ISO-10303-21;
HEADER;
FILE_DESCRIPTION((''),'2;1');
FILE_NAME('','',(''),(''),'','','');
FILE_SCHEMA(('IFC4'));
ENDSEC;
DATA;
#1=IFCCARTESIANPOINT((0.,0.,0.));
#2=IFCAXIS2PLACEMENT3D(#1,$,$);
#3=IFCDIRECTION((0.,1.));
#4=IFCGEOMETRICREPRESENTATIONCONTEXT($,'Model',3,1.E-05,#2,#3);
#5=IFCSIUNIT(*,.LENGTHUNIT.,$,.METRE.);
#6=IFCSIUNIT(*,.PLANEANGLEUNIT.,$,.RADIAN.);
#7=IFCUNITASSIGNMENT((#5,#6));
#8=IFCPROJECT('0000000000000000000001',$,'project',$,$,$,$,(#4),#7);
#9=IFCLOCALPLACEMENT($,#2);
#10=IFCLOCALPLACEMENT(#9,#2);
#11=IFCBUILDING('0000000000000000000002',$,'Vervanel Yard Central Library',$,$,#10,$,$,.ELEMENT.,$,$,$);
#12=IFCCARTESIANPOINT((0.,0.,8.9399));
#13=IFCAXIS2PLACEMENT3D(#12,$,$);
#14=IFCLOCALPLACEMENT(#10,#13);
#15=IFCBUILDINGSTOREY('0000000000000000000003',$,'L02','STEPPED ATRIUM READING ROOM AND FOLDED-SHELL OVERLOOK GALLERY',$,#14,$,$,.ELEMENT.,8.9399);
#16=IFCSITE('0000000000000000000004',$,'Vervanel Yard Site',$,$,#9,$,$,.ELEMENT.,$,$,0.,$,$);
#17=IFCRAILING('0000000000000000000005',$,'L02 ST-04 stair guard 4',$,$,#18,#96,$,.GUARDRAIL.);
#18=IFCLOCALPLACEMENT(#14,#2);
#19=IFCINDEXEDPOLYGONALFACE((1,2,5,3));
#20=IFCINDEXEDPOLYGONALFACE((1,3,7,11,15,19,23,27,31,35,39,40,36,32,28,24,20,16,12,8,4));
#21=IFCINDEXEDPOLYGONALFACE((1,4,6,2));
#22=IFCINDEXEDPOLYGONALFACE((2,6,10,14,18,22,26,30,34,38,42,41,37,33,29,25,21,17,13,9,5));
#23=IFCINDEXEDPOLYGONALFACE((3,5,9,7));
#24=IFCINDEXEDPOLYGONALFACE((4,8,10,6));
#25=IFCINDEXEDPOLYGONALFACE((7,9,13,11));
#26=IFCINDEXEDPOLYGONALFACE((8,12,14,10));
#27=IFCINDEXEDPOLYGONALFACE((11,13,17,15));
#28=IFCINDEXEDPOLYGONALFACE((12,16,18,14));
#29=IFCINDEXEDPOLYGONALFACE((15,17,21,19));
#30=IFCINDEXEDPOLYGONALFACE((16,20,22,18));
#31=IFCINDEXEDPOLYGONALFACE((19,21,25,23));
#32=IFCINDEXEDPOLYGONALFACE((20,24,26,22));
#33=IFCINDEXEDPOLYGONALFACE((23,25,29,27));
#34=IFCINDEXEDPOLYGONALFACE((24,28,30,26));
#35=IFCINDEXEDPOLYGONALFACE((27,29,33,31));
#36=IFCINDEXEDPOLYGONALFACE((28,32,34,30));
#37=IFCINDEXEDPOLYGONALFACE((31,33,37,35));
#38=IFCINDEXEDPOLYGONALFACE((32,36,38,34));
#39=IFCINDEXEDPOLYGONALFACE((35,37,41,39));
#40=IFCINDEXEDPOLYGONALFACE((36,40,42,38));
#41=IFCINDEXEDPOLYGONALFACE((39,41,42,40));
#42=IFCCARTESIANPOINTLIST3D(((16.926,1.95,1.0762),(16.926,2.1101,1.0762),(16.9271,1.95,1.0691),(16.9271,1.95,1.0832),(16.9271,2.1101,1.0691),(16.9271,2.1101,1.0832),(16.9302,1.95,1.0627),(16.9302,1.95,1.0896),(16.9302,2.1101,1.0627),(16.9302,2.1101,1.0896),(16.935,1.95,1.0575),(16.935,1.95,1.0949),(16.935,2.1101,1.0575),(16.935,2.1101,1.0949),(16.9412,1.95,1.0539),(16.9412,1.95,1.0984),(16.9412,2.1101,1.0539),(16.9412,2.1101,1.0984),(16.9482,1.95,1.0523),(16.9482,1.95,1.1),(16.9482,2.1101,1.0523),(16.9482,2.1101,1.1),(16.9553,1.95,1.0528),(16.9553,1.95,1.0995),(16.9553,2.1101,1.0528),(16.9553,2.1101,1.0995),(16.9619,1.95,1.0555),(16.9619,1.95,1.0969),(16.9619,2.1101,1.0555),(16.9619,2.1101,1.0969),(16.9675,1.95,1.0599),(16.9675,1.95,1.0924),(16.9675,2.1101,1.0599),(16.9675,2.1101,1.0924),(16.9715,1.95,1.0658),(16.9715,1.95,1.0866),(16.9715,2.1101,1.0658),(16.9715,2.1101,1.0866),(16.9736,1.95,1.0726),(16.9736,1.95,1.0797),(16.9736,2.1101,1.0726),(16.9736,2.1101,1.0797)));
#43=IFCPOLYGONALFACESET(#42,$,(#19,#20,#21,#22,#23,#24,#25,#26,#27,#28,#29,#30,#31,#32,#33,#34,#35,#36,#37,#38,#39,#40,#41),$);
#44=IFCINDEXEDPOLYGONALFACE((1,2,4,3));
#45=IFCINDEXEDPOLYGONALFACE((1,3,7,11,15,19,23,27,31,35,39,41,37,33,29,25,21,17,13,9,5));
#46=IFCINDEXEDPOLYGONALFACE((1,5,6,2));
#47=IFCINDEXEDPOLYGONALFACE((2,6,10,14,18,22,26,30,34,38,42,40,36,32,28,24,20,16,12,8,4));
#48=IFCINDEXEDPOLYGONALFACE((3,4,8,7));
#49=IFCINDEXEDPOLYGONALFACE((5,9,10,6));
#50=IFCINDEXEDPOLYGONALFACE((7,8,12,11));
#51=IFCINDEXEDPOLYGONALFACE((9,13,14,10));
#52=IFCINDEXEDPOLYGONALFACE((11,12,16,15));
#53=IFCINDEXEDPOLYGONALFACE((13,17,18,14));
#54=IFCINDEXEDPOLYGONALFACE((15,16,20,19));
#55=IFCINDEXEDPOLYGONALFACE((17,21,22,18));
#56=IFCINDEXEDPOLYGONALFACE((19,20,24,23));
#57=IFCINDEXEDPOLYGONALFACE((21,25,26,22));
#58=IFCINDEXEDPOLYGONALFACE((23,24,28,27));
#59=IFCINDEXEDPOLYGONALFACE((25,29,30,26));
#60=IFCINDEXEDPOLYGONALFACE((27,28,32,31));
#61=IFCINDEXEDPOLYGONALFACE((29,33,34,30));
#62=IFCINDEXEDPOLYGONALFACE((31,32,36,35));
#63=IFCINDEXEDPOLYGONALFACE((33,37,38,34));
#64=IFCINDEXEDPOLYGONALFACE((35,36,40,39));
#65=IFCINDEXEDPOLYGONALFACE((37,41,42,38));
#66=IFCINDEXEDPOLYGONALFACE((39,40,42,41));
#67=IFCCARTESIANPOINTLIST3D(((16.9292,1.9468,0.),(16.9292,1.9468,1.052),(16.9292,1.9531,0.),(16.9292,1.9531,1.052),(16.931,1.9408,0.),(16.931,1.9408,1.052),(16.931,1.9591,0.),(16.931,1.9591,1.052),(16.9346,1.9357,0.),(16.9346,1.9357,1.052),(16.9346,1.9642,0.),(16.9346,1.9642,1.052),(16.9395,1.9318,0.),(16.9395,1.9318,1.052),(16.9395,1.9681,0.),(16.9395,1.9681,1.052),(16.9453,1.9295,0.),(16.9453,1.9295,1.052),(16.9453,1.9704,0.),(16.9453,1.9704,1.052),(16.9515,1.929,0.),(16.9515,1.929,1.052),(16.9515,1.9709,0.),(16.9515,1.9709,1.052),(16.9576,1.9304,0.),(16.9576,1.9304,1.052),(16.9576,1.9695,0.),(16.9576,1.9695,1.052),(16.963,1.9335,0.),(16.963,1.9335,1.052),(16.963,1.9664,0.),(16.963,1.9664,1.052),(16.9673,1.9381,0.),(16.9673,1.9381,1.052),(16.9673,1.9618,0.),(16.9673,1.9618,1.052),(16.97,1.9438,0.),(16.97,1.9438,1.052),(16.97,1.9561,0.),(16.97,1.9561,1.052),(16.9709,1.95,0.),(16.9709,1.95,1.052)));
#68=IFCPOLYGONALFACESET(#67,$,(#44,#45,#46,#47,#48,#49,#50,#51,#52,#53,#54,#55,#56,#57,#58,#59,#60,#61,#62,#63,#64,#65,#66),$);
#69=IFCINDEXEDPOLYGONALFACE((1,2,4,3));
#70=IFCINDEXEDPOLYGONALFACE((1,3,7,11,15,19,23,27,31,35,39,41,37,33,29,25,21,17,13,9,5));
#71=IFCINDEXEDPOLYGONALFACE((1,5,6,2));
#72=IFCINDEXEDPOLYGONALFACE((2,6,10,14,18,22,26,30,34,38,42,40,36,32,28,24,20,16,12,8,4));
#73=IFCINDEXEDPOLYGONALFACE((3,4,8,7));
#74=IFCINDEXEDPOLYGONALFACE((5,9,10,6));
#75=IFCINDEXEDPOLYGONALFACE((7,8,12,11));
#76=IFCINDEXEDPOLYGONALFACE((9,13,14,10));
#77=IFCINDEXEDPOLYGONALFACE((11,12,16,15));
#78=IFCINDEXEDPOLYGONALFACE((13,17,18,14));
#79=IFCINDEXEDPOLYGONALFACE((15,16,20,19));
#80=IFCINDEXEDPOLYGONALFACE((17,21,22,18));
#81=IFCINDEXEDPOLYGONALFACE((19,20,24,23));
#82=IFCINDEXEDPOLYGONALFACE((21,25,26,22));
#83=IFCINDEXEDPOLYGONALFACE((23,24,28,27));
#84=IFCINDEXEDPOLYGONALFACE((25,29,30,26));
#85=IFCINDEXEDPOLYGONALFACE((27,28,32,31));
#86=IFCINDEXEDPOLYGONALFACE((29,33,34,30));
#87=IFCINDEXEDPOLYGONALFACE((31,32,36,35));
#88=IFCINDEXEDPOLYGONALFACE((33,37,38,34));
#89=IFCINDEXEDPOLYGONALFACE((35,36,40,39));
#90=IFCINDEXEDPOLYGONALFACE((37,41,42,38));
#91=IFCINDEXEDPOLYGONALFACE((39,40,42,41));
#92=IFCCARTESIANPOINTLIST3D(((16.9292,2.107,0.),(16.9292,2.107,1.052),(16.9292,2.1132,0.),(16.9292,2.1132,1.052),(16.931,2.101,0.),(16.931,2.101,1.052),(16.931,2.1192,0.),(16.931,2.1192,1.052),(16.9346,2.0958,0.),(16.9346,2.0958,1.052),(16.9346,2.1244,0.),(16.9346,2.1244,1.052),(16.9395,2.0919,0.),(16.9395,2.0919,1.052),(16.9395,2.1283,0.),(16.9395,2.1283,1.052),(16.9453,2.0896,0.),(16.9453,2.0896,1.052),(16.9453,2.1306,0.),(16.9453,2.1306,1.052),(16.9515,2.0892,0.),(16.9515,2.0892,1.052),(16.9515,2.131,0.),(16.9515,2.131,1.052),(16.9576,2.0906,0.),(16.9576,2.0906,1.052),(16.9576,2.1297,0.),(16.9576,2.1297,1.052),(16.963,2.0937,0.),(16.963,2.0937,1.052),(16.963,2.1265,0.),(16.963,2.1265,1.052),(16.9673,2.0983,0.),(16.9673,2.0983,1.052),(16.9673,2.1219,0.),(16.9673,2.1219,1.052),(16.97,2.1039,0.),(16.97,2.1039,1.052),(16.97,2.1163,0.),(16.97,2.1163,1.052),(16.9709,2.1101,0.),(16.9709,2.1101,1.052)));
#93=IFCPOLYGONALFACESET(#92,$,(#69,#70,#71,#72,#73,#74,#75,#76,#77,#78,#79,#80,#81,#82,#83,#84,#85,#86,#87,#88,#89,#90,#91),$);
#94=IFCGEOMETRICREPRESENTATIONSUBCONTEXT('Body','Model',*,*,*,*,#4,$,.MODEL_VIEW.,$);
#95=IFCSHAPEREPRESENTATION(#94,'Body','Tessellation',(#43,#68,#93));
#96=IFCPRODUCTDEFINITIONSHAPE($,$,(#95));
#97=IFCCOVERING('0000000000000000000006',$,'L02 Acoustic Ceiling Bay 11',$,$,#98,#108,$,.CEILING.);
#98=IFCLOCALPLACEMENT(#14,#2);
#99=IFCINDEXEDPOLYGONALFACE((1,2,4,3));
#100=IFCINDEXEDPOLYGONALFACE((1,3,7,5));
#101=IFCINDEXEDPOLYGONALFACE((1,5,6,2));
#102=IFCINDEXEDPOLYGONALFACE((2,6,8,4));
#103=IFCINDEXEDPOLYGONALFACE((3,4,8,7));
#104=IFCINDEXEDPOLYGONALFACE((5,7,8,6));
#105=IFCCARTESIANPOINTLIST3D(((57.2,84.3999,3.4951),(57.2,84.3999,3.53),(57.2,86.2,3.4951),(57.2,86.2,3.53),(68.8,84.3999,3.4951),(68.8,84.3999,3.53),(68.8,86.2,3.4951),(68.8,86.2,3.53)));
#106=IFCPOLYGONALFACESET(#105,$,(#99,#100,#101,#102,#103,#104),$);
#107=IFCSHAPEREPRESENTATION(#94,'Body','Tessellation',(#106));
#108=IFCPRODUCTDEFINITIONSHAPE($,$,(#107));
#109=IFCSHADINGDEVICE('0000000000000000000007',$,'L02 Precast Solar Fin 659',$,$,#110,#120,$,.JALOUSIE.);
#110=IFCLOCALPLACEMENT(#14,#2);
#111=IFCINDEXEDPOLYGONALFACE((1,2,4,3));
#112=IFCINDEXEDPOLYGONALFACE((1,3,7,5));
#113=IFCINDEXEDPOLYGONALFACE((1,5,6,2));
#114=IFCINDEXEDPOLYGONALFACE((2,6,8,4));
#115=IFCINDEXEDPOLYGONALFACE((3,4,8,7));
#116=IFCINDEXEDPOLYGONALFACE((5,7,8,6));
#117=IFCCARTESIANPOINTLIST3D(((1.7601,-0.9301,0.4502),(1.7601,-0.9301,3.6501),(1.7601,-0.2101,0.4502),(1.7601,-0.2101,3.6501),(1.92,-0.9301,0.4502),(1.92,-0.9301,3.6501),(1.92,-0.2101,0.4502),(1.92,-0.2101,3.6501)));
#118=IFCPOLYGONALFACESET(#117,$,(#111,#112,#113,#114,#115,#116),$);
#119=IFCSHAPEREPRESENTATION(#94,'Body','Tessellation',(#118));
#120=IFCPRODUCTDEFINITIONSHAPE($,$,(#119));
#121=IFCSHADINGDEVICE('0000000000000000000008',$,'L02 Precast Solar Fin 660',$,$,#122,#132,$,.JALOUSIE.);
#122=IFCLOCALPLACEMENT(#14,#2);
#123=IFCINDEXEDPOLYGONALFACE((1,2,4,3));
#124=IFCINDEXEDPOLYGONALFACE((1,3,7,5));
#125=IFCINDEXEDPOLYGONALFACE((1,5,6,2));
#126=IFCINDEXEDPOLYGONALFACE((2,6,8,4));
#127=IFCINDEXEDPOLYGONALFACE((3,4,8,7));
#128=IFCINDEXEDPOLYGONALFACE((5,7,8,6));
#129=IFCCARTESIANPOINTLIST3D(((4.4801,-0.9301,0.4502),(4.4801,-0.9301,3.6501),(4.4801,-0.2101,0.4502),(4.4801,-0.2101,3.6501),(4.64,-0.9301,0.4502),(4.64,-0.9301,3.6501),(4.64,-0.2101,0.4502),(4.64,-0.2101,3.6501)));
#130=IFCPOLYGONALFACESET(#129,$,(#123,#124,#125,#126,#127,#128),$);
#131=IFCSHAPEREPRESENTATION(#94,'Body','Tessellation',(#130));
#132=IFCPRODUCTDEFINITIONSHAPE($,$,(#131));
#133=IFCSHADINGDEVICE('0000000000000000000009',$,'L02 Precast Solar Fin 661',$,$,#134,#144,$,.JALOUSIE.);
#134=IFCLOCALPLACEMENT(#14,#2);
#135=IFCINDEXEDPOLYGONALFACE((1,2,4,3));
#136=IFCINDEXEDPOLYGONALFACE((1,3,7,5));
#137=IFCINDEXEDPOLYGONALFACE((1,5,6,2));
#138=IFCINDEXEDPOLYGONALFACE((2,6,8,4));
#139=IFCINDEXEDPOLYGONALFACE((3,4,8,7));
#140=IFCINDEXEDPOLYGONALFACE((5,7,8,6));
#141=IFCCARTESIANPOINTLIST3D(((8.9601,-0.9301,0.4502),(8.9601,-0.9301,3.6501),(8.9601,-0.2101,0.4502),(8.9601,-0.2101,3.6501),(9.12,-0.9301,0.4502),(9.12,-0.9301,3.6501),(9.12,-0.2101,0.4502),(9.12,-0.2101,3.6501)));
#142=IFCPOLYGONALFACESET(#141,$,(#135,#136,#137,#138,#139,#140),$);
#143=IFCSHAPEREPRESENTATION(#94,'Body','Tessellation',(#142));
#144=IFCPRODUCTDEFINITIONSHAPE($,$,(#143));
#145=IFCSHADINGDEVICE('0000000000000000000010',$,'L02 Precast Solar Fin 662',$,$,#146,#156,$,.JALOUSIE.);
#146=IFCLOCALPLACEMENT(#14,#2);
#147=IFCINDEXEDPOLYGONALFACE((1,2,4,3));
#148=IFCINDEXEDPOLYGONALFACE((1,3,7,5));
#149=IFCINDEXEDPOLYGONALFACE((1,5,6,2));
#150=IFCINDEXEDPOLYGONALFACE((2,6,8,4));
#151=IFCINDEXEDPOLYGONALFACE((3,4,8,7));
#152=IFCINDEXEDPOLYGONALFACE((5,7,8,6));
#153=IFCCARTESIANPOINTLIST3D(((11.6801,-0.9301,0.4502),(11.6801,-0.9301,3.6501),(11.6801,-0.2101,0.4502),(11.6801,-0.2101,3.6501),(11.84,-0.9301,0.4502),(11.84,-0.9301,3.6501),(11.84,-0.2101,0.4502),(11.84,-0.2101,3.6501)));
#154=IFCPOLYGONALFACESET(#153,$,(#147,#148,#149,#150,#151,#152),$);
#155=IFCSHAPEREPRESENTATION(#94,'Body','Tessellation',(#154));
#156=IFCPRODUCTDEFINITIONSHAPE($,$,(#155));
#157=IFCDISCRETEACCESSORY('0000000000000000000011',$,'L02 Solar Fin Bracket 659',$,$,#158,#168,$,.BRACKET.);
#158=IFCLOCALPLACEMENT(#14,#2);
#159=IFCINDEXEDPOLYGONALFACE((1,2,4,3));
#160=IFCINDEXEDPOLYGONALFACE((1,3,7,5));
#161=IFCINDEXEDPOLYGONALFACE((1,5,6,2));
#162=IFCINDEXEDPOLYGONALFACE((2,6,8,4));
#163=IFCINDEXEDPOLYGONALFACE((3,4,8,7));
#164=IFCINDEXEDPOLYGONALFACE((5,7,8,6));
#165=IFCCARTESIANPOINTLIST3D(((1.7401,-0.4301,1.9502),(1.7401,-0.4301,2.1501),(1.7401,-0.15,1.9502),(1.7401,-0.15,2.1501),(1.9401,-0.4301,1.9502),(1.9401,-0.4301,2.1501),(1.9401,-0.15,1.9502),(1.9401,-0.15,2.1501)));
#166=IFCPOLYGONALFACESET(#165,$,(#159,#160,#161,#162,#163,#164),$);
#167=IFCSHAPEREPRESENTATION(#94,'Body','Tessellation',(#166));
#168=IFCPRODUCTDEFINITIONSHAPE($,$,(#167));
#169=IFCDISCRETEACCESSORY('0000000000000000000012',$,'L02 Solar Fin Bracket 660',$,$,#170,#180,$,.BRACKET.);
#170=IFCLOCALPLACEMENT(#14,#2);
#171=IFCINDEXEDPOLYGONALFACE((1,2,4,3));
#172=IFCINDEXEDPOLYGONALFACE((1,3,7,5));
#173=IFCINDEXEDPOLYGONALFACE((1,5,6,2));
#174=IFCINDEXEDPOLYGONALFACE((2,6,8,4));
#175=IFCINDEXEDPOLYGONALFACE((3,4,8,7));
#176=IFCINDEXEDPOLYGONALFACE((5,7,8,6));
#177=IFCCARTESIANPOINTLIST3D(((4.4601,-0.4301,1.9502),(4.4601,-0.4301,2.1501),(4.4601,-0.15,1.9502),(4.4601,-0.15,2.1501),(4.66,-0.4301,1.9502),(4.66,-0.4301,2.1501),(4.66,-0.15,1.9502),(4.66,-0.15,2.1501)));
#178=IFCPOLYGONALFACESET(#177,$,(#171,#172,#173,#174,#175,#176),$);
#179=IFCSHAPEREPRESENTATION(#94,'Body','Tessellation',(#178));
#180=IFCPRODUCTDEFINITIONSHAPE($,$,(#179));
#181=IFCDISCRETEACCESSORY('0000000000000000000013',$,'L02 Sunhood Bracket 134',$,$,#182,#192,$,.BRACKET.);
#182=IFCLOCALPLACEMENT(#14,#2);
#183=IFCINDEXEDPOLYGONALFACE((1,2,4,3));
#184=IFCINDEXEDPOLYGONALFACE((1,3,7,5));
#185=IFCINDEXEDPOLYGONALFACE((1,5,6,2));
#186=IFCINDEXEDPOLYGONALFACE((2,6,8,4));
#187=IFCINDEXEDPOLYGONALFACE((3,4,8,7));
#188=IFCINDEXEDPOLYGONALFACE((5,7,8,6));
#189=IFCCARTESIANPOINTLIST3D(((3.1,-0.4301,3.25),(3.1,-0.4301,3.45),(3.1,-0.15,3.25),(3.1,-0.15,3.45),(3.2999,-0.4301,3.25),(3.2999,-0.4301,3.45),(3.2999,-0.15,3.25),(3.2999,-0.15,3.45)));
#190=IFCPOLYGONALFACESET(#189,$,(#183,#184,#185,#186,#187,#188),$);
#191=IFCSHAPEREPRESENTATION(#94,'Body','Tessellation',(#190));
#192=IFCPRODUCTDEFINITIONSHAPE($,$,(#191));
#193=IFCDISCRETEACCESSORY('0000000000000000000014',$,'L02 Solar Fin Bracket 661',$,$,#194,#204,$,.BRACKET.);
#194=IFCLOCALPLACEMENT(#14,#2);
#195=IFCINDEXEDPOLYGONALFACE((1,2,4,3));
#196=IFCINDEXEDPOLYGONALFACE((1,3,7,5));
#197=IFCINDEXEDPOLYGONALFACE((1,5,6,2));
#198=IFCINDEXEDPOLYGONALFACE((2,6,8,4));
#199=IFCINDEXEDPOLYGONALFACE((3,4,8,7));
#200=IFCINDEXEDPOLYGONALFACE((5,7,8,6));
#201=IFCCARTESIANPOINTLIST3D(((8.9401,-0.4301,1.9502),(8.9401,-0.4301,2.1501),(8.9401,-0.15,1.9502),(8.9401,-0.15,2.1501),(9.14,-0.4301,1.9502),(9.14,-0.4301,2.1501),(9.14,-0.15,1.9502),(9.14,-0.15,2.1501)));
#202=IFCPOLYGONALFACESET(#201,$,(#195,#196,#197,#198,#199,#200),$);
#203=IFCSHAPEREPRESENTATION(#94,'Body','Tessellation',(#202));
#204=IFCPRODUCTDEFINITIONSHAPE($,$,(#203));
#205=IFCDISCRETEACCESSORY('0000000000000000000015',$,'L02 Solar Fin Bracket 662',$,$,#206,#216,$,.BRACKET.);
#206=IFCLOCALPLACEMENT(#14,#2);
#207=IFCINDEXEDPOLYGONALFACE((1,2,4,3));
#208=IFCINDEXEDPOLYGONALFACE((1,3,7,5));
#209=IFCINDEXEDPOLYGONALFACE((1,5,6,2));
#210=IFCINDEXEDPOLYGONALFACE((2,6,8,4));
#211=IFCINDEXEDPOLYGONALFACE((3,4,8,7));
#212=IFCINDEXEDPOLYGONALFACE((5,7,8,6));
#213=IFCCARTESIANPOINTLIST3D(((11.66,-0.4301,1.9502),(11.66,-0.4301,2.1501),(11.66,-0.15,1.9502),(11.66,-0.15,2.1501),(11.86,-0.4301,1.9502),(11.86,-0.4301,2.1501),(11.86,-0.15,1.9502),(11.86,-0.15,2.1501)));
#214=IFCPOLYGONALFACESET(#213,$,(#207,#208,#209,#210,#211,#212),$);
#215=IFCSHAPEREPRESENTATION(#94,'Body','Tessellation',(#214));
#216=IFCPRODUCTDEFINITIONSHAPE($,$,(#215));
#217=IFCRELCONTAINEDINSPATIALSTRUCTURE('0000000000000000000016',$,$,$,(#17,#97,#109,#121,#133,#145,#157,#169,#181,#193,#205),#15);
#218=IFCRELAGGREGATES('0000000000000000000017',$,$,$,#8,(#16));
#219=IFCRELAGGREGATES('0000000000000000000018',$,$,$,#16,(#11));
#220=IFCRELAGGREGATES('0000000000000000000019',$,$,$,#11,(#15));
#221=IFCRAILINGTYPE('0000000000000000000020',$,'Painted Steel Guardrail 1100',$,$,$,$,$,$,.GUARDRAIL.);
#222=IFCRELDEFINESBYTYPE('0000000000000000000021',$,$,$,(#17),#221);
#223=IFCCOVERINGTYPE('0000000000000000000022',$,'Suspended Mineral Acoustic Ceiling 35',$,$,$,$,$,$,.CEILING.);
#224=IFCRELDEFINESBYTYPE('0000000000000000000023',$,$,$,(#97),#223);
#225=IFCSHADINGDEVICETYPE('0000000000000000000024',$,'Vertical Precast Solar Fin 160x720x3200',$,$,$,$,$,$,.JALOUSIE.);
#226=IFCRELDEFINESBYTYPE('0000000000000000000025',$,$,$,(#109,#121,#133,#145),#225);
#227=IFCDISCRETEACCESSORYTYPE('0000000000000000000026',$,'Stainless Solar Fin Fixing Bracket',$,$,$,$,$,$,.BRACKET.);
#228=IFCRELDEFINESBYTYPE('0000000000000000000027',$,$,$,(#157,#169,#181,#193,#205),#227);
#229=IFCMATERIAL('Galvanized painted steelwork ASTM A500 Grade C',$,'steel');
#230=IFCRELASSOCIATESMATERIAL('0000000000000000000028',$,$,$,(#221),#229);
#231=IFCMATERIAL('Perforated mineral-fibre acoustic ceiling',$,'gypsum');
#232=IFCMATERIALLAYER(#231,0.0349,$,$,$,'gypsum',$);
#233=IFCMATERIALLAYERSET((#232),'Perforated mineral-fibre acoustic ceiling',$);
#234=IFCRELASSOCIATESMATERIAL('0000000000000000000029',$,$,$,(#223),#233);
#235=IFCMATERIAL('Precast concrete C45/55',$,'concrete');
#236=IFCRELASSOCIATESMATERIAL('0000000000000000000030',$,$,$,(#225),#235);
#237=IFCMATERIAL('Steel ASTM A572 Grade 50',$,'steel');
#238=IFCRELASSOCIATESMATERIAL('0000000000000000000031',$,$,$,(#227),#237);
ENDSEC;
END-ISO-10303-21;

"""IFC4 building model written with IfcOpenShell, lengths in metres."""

from ifc_helpers import new_model, si_unit, direction, frame, origin, origin_2d, place, context, subcontext, project, spatial, polyline, rectangle, circle, outline, extrude, material, layer, layer_set, type_object, element, save


model = new_model("IFC4")

# Units and contexts
model_context = context("Model", 3, precision=1e-05, world=origin(), true_north=direction((0.0, 1.0)))
body_context = subcontext(model_context, "Body", "Model", "MODEL_VIEW")
ifc_project = project(units=[si_unit("LENGTHUNIT", "METRE"), si_unit("PLANEANGLEUNIT", "RADIAN")], contexts=[model_context])

# Site, building, storey
site_placement = place(None, origin())
site = spatial("IfcSite", under=ifc_project, at=site_placement, Name="Vervanel Yard Site", CompositionType="ELEMENT", RefElevation=0.0)
building_placement = place(site_placement, origin())
building = spatial("IfcBuilding", under=site, at=building_placement, Name="Vervanel Yard Central Library", CompositionType="ELEMENT")
storey_placement = place(building_placement, frame((0.0, 0.0, 8.9399)))
storey = spatial("IfcBuildingStorey", under=building, at=storey_placement, Name="L02", Description="STEPPED ATRIUM READING ROOM AND FOLDED-SHELL OVERLOOK GALLERY", CompositionType="ELEMENT", Elevation=8.9399)

# Shared definitions
ifc_material_1 = material(Name="Precast concrete C45/55", Category="concrete")

# Railing
ifc_material_2 = material(Name="Galvanized painted steelwork ASTM A500 Grade C", Category="steel")
railing_type_1 = type_object("IfcRailingType", Name="Painted Steel Guardrail 1100", PredefinedType="GUARDRAIL", material=ifc_material_2)
railing_1_placement = place(storey_placement, frame((16.95, 1.95, 0.0)))
element("IfcRailing", 1, at=railing_1_placement, inside=storey, type_object=railing_type_1, Name="L02 ST-04 stair guard 4", PredefinedType="GUARDRAIL", context=body_context, shape_type="SweptSolid", body=[
    extrude(circle(Radius=0.0239, at=origin_2d()), frame((0.0, 0.0, 1.0762), z_axis=(0.0, 1.0, 0.0), x_axis=(-1.0, 0.0, 0.0)), (0.0, 0.0, 1.0), 0.1602),
    extrude(circle(Radius=0.021, at=origin_2d()), origin(), (0.0, 0.0, 1.0), 1.052),
    extrude(circle(Radius=0.021, at=origin_2d()), frame((0.0, 0.1602, 0.0)), (0.0, 0.0, 1.0), 1.052),
])

# Covering
ifc_material_3 = material(Name="Perforated mineral-fibre acoustic ceiling", Category="gypsum")
ifc_layer_1 = layer(ifc_material_3, 0.0349, Category="gypsum")
ifc_layer_set_1 = layer_set([ifc_layer_1], Name="Perforated mineral-fibre acoustic ceiling")
covering_type_1 = type_object("IfcCoveringType", Name="Suspended Mineral Acoustic Ceiling 35", PredefinedType="CEILING", material=ifc_layer_set_1)
covering_1_placement = place(storey_placement, frame((0.0, 0.0, 3.4951)))
element("IfcCovering", 2, at=covering_1_placement, inside=storey, type_object=covering_type_1, Name="L02 Acoustic Ceiling Bay 11", PredefinedType="CEILING", context=body_context, shape_type="SweptSolid", body=[
    extrude(outline(polyline([(57.2, 84.3999), (68.8, 84.3999), (68.8, 86.2), (57.2, 86.2), (57.2, 84.3999)])), origin(), (0.0, 0.0, 1.0), 0.0349),
])

# Shading devices
shading_device_type_1 = type_object("IfcShadingDeviceType", Name="Vertical Precast Solar Fin 160x720x3200", PredefinedType="JALOUSIE", material=ifc_material_1)
for number, where, z_axis, x_axis, name in (
    (3, (1.8401, -0.5701, 0.4502), (0.0, 0.0, 1.0), (1.0, 0.0, 0.0), "L02 Precast Solar Fin 659"),
    (4, (4.5601, -0.5701, 0.4502), (0.0, 0.0, 1.0), (1.0, 0.0, 0.0), "L02 Precast Solar Fin 660"),
    (5, (9.04, -0.5701, 0.4502), (0.0, 0.0, 1.0), (1.0, 0.0, 0.0), "L02 Precast Solar Fin 661"),
    (6, (11.76, -0.5701, 0.4502), (0.0, 0.0, 1.0), (1.0, 0.0, 0.0), "L02 Precast Solar Fin 662"),
):
    element("IfcShadingDevice", number, at=place(storey_placement, frame(where, z_axis=z_axis, x_axis=x_axis)), inside=storey, type_object=shading_device_type_1, Name=name, PredefinedType="JALOUSIE", context=body_context, shape_type="SweptSolid", body=[
        extrude(rectangle(XDim=0.1599, YDim=0.72, at=origin_2d()), origin(), (0.0, 0.0, 1.0), 3.2),
    ])

# Discrete accessories
ifc_material_4 = material(Name="Steel ASTM A572 Grade 50", Category="steel")
discrete_accessory_type = type_object("IfcDiscreteAccessoryType", Name="Stainless Solar Fin Fixing Bracket", PredefinedType="BRACKET", material=ifc_material_4)
for number, where, z_axis, x_axis, name in (
    (7, (1.8401, -0.29, 1.9502), (0.0, 0.0, 1.0), (1.0, 0.0, 0.0), "L02 Solar Fin Bracket 659"),
    (8, (4.5601, -0.29, 1.9502), (0.0, 0.0, 1.0), (1.0, 0.0, 0.0), "L02 Solar Fin Bracket 660"),
    (9, (3.2, -0.29, 3.25), (0.0, 0.0, 1.0), (1.0, 0.0, 0.0), "L02 Sunhood Bracket 134"),
    (10, (9.04, -0.29, 1.9502), (0.0, 0.0, 1.0), (1.0, 0.0, 0.0), "L02 Solar Fin Bracket 661"),
    (11, (11.76, -0.29, 1.9502), (0.0, 0.0, 1.0), (1.0, 0.0, 0.0), "L02 Solar Fin Bracket 662"),
):
    element("IfcDiscreteAccessory", number, at=place(storey_placement, frame(where, z_axis=z_axis, x_axis=x_axis)), inside=storey, type_object=discrete_accessory_type, Name=name, PredefinedType="BRACKET", context=body_context, shape_type="SweptSolid", body=[
        extrude(rectangle(XDim=0.2, YDim=0.28, at=origin_2d()), origin(), (0.0, 0.0, 1.0), 0.2),
    ])

save(model, "model.ifc")
